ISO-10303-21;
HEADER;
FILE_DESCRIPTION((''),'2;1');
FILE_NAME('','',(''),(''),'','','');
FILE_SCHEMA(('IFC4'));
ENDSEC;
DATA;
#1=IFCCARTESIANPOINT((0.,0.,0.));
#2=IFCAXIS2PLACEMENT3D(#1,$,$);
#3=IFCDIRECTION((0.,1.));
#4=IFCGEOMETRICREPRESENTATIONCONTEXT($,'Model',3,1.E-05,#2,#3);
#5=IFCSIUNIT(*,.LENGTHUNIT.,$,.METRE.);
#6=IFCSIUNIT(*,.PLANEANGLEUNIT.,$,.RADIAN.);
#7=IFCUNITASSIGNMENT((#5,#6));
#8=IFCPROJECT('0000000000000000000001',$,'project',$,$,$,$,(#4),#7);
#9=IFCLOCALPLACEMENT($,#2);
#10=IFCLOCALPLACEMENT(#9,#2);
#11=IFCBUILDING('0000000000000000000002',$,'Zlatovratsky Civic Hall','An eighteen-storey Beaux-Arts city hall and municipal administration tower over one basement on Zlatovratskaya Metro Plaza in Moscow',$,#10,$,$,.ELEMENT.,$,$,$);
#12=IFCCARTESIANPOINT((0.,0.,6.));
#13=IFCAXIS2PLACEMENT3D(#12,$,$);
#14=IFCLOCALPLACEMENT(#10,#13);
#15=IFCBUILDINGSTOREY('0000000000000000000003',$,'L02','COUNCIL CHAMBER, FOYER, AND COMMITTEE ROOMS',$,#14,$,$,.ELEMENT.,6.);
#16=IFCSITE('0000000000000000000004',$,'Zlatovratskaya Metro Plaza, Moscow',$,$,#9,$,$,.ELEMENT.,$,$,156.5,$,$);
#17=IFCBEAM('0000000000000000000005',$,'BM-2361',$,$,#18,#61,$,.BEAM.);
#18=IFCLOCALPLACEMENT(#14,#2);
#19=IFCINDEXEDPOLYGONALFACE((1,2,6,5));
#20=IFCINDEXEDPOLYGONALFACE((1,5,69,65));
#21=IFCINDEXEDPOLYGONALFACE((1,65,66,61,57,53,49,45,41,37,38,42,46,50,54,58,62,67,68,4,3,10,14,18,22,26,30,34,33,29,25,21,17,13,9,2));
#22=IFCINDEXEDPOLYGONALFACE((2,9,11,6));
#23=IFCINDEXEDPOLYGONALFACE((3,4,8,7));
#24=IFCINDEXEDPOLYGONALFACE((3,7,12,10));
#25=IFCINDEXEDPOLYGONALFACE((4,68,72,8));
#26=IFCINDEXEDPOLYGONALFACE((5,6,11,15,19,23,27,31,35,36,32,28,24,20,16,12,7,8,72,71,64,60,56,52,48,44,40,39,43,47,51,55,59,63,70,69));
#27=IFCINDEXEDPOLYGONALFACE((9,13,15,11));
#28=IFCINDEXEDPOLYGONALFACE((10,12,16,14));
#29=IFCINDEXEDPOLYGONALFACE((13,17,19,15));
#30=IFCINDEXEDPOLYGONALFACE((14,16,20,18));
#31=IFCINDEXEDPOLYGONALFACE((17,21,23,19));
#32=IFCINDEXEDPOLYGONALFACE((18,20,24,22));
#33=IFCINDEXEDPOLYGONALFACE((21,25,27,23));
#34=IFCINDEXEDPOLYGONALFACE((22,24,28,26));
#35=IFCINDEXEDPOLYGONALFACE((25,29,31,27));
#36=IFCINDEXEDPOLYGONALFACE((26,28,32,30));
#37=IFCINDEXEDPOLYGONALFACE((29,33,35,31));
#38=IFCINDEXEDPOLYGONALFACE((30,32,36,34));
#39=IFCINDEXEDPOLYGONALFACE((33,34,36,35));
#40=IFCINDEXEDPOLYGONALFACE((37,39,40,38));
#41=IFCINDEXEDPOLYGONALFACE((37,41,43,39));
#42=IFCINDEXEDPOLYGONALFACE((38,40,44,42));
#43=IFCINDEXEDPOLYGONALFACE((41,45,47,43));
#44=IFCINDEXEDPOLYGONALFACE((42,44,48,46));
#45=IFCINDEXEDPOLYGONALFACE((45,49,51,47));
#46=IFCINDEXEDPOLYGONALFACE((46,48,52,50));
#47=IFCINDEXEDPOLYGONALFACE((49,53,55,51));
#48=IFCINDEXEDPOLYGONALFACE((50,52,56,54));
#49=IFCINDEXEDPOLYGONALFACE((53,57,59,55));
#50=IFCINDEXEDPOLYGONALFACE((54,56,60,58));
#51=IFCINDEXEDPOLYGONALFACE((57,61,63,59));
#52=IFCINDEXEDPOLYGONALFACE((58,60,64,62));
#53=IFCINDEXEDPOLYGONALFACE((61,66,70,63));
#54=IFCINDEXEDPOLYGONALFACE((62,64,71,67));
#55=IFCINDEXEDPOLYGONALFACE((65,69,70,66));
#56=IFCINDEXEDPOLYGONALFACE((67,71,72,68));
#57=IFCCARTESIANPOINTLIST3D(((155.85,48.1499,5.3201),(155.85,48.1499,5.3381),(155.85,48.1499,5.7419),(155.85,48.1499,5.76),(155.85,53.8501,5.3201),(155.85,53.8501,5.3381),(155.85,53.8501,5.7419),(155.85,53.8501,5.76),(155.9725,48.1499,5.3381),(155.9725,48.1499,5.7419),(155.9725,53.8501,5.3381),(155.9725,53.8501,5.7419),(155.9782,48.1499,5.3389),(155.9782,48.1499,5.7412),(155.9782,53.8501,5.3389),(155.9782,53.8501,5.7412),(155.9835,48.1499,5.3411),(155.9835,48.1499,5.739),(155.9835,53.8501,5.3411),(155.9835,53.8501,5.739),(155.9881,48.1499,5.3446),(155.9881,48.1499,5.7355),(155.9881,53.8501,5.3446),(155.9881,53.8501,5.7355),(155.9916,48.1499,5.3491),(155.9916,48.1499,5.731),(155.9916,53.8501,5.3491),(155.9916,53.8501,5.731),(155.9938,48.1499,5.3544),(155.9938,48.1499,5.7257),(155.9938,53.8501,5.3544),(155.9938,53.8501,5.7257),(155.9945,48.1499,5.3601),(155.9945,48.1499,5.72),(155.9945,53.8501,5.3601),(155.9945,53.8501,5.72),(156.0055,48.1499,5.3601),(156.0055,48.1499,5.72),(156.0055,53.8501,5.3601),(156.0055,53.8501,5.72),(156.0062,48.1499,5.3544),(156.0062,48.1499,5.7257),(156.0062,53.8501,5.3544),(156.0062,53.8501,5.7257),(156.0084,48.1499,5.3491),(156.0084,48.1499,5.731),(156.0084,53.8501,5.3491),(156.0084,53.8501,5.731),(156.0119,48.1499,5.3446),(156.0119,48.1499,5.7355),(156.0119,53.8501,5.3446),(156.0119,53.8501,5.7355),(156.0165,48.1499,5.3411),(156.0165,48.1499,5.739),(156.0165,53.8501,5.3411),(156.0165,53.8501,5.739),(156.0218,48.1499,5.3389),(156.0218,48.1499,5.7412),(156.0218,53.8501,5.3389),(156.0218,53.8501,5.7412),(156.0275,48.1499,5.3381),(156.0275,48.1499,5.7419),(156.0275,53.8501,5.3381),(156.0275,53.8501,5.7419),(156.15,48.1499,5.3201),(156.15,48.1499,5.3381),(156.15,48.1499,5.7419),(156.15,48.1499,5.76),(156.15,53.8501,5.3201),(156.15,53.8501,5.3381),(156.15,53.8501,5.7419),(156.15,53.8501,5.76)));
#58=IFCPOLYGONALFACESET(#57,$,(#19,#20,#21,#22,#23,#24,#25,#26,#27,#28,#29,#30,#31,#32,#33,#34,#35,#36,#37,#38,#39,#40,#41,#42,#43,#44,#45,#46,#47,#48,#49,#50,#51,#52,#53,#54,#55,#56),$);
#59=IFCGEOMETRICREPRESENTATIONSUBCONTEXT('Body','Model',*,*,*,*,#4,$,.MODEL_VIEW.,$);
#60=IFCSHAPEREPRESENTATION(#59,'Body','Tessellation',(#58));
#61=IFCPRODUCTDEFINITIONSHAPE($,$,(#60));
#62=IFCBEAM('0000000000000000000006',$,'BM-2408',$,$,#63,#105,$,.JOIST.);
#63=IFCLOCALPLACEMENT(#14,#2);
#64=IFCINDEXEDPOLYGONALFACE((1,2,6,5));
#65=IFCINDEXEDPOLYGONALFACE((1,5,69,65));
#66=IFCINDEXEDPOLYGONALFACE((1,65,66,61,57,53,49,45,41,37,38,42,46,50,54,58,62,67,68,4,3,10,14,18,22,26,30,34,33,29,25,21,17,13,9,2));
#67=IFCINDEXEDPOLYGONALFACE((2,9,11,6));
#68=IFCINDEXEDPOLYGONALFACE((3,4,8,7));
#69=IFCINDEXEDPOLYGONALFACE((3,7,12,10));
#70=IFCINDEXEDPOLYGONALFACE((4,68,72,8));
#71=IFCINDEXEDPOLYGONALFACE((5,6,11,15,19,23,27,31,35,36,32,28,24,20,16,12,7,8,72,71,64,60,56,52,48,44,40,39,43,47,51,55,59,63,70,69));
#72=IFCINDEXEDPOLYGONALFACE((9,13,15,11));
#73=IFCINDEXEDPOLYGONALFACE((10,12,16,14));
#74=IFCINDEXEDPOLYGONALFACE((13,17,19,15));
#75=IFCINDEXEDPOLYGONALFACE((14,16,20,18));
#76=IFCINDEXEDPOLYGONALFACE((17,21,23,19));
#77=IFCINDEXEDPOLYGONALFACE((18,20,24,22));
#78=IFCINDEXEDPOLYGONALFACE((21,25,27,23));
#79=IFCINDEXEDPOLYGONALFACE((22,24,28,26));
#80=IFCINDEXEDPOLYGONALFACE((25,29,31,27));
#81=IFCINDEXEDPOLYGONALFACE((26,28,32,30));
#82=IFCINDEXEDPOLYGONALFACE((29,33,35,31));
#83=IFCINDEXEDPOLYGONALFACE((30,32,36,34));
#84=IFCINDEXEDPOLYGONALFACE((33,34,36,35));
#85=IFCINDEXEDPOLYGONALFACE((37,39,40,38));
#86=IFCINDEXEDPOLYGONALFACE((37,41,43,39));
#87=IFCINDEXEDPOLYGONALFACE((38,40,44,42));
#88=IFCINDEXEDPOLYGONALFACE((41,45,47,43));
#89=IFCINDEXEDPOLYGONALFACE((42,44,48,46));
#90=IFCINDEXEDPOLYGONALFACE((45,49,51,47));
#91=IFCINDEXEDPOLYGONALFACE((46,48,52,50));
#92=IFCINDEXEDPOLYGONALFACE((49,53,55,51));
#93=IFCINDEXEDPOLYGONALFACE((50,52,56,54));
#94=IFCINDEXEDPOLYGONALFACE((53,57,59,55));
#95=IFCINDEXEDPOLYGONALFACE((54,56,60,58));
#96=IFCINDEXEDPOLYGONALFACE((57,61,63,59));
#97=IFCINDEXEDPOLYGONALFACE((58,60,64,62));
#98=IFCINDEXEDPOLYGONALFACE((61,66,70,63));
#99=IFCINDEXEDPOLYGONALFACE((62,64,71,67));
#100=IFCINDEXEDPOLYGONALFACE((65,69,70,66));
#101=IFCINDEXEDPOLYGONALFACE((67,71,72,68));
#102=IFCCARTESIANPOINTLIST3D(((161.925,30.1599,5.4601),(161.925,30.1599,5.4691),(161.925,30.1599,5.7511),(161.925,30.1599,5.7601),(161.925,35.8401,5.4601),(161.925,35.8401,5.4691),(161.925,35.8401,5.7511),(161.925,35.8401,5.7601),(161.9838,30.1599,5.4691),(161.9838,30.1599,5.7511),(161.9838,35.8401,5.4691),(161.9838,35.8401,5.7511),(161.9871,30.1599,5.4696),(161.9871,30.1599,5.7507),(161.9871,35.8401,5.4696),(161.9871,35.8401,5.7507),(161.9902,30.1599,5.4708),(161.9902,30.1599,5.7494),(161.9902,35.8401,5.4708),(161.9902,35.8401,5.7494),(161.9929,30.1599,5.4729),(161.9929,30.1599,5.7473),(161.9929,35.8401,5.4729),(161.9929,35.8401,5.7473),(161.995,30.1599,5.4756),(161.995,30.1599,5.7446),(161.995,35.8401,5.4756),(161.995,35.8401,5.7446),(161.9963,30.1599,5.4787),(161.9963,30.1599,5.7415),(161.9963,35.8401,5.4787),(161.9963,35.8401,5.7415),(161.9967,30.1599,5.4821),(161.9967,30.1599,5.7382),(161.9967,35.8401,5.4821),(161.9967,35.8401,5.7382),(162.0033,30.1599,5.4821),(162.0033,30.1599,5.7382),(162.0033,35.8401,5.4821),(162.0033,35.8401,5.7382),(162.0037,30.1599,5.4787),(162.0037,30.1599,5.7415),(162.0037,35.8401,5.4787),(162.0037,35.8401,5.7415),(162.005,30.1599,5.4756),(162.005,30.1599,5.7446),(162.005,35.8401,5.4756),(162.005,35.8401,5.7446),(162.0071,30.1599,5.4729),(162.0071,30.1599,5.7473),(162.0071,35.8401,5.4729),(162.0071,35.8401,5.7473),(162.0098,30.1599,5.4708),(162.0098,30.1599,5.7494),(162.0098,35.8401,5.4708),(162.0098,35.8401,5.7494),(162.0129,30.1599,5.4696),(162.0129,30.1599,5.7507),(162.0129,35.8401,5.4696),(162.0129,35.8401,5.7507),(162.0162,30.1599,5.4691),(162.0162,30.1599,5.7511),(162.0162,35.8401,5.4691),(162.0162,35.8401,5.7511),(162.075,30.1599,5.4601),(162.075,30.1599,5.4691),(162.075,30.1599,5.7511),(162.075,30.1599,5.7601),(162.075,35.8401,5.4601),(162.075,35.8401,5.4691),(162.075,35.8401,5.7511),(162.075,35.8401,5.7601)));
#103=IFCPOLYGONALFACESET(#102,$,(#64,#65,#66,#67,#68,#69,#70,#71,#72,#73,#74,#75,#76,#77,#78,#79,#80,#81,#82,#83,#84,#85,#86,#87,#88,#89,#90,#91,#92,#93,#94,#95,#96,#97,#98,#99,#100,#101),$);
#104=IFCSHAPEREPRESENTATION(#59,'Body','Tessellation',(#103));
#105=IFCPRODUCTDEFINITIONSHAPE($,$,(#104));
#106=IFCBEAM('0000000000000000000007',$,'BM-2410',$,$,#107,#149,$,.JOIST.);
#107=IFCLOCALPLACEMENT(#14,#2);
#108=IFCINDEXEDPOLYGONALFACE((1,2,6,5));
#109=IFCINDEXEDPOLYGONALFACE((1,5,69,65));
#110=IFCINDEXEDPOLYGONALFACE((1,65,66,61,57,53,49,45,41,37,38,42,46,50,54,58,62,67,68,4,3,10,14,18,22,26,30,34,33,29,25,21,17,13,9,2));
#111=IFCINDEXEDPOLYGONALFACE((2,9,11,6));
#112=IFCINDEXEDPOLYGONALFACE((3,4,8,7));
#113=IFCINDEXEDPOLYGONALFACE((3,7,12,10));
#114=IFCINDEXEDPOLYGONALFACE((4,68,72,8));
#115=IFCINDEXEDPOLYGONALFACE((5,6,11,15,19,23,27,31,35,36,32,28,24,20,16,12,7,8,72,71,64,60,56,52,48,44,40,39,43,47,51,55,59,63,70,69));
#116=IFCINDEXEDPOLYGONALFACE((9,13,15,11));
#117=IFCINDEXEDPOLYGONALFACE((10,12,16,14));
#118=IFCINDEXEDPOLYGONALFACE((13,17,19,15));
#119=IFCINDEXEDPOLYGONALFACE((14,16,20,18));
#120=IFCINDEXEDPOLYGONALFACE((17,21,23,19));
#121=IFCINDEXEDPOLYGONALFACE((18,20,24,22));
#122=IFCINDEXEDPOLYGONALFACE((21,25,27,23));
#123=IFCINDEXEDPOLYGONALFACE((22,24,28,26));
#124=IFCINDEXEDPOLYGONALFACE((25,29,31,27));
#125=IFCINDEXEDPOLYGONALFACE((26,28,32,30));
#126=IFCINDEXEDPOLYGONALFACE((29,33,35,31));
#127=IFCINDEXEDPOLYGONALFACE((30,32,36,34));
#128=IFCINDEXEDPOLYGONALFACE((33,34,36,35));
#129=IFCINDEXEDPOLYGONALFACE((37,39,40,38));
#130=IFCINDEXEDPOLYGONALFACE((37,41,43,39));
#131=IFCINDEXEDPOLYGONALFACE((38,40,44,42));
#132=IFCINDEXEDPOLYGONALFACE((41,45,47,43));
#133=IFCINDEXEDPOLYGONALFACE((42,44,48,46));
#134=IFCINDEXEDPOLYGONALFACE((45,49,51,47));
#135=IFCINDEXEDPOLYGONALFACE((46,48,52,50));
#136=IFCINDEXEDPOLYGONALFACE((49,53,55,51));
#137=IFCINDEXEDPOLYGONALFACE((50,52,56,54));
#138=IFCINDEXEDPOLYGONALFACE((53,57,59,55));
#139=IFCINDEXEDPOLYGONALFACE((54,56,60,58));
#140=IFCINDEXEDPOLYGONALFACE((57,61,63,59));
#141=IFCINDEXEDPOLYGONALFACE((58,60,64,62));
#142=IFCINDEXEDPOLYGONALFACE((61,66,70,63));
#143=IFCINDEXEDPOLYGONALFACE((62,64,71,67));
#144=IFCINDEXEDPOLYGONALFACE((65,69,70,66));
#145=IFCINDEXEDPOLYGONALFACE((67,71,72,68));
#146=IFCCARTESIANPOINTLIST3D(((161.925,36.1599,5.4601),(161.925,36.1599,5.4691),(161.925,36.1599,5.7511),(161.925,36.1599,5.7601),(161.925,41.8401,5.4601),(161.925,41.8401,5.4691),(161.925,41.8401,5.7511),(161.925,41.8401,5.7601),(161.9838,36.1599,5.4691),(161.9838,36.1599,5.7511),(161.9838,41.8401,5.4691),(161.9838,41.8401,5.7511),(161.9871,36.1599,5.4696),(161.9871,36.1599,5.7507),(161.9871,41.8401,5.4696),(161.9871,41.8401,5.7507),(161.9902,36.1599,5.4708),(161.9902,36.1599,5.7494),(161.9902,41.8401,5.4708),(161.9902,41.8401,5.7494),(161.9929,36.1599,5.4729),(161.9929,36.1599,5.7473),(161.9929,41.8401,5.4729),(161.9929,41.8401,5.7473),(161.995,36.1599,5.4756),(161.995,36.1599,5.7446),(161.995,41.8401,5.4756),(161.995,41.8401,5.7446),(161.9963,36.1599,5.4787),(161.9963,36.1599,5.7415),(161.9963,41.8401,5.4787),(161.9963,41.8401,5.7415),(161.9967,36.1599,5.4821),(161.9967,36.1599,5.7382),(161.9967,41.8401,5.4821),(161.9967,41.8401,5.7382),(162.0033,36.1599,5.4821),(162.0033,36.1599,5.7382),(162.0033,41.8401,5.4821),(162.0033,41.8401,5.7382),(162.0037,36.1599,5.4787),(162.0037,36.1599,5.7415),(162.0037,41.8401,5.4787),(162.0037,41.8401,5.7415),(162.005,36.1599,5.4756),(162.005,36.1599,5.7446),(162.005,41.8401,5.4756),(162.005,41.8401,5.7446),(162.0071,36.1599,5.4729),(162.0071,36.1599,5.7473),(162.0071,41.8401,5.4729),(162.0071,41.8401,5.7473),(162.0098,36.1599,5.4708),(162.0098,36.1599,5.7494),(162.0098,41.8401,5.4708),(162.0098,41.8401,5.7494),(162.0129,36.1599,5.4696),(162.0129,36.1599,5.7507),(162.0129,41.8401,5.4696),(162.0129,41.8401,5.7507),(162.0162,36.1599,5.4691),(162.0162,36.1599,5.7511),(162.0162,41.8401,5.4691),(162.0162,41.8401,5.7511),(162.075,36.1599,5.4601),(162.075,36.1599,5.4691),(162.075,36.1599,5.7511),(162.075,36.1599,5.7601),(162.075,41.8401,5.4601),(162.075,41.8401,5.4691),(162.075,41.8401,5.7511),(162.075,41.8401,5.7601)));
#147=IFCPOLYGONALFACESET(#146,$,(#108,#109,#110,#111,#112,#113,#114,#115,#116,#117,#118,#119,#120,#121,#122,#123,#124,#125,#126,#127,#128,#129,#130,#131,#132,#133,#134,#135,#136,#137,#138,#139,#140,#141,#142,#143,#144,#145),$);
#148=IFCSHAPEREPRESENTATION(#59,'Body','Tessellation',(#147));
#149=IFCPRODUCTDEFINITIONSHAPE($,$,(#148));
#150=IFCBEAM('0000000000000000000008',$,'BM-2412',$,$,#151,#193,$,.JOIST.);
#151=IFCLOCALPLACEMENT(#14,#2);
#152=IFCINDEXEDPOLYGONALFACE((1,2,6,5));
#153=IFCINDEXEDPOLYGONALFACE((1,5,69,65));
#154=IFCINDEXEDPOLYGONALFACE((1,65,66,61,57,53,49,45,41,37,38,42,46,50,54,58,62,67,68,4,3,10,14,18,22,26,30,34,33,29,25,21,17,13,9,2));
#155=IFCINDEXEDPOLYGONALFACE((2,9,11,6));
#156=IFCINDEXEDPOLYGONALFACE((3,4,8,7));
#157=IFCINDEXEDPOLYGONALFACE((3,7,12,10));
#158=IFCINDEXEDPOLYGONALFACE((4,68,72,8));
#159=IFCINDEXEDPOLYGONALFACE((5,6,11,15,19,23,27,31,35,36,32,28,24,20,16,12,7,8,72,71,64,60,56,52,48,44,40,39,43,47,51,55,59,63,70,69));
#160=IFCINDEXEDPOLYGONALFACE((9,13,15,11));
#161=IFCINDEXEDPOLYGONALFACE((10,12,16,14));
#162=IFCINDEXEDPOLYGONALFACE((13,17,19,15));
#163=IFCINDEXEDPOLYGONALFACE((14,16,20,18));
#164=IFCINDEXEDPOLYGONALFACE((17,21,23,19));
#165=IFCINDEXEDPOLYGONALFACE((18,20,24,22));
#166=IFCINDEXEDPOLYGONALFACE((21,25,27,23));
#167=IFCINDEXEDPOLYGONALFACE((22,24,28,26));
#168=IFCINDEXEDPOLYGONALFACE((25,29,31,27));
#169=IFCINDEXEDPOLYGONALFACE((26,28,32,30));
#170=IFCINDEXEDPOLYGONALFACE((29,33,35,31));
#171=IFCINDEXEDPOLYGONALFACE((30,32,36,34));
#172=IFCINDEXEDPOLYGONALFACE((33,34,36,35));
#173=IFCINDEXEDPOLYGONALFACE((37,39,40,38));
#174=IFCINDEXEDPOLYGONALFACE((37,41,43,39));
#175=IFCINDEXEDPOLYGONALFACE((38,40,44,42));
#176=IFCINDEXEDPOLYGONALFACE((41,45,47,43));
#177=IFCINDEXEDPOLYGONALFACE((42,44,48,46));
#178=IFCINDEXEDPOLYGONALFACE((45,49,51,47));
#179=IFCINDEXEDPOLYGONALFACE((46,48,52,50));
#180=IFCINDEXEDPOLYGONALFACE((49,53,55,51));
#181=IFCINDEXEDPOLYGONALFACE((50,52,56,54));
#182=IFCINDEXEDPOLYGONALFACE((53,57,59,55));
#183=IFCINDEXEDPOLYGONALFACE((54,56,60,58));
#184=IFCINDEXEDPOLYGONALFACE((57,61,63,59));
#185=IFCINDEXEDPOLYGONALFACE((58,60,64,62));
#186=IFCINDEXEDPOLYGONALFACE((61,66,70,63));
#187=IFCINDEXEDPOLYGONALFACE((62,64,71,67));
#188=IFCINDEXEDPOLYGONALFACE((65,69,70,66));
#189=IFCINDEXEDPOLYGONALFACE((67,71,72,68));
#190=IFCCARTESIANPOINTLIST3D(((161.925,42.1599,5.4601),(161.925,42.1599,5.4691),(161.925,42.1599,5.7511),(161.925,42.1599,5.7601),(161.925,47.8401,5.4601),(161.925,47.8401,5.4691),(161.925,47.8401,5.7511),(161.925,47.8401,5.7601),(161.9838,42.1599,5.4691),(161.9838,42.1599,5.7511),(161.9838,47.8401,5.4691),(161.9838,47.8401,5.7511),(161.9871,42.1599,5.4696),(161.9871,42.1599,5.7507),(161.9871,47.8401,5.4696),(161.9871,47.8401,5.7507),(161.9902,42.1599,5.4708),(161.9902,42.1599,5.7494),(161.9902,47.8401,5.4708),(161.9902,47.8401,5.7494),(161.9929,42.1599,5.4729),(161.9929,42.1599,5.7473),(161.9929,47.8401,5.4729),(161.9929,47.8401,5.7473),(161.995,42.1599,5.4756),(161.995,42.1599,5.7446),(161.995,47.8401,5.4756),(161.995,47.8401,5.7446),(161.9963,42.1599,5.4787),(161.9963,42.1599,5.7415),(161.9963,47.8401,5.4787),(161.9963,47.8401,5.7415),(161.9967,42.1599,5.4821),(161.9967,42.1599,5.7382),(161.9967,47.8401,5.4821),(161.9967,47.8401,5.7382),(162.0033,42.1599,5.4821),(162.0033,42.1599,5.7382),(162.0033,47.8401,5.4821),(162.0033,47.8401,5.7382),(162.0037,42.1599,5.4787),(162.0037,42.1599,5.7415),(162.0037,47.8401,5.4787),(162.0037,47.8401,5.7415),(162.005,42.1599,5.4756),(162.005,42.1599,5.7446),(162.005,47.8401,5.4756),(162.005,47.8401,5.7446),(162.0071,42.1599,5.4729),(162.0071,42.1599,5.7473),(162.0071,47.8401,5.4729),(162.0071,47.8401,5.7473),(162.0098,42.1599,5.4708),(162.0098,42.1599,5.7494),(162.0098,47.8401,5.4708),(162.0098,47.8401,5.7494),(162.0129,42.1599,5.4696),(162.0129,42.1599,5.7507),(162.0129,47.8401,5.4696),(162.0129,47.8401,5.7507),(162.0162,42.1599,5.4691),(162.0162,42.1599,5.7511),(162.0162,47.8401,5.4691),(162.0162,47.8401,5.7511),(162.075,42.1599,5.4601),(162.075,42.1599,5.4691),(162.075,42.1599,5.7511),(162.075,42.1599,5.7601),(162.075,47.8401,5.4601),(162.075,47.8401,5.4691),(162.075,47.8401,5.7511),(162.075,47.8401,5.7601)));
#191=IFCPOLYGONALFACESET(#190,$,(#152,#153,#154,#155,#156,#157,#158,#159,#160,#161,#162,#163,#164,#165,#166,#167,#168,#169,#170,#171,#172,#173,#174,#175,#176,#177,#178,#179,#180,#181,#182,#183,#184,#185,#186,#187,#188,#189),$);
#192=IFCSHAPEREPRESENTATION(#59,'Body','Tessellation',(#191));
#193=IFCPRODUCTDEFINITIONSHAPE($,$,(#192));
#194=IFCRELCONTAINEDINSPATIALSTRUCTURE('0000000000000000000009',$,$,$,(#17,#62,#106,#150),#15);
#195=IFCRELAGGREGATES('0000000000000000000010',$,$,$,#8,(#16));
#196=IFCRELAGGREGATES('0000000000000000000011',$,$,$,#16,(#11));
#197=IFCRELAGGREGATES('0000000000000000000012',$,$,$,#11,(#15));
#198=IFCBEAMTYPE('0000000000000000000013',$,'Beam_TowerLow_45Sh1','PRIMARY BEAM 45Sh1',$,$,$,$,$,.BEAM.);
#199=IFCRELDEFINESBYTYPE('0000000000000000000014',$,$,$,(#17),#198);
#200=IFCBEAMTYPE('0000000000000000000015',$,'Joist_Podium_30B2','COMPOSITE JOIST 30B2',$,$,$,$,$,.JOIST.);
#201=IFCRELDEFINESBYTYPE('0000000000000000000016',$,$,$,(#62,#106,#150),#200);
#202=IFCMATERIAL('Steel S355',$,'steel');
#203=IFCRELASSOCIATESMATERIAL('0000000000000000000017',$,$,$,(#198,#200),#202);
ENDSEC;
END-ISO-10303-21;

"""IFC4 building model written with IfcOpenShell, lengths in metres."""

from ifc_helpers import new_model, si_unit, direction, frame, origin, origin_2d, place, context, subcontext, project, spatial, i_section, extrude, material, material_profile, profile_set, type_object, element, save


model = new_model("IFC4")

# Units and contexts
model_context = context("Model", 3, precision=1e-05, world=origin(), true_north=direction((0.0, 1.0)))
body_context = subcontext(model_context, "Body", "Model", "MODEL_VIEW")
ifc_project = project(units=[si_unit("LENGTHUNIT", "METRE"), si_unit("PLANEANGLEUNIT", "RADIAN")], contexts=[model_context])

# Site, building, storey
site_placement = place(None, origin())
site = spatial("IfcSite", under=ifc_project, at=site_placement, Name="Zlatovratskaya Metro Plaza, Moscow", CompositionType="ELEMENT", RefElevation=156.5)
building_placement = place(site_placement, origin())
building = spatial("IfcBuilding", under=site, at=building_placement, Name="Zlatovratsky Civic Hall", Description="An eighteen-storey Beaux-Arts city hall and municipal administration tower over one basement on Zlatovratskaya Metro Plaza in Moscow", CompositionType="ELEMENT")
storey_placement = place(building_placement, frame((0.0, 0.0, 6.0)))
storey = spatial("IfcBuildingStorey", under=building, at=storey_placement, Name="L02", Description="COUNCIL CHAMBER, FOYER, AND COMMITTEE ROOMS", CompositionType="ELEMENT", Elevation=6.0)

# Shared definitions
ifc_material_1 = material(Name="Steel S355", Category="steel")

# Beams
ifc_material_profile_1 = material_profile(ifc_material_1, i_section(OverallWidth=0.3, OverallDepth=0.4399, WebThickness=0.011, FlangeThickness=0.0181, FilletRadius=0.022, at=origin_2d()), Name="45Sh1")
ifc_profile_set_1 = profile_set([ifc_material_profile_1], Name="Steel S355")
beam_type_1 = type_object("IfcBeamType", Name="Beam_TowerLow_45Sh1", Description="PRIMARY BEAM 45Sh1", PredefinedType="BEAM", material=ifc_profile_set_1)
for number, where, z_axis, x_axis, name in (
    (1, (156.0, 48.1499, 5.54), (0.0, 1.0, 0.0), (-1.0, 0.0, 0.0), "BM-2361"),
):
    element("IfcBeam", number, at=place(storey_placement, frame(where, z_axis=z_axis, x_axis=x_axis)), inside=storey, type_object=beam_type_1, Name=name, PredefinedType="BEAM", context=body_context, shape_type="SweptSolid", body=[
        extrude(i_section(OverallWidth=0.3, OverallDepth=0.4399, WebThickness=0.011, FlangeThickness=0.0181, FilletRadius=0.022, at=origin_2d()), origin(), (0.0, 0.0, 1.0), 5.7002),
    ])
ifc_material_profile_2 = material_profile(ifc_material_1, i_section(OverallWidth=0.1499, OverallDepth=0.3, WebThickness=0.0066, FlangeThickness=0.009, FilletRadius=0.0129, at=origin_2d()), Name="30B2")
ifc_profile_set_2 = profile_set([ifc_material_profile_2], Name="Steel S355")
beam_type_2 = type_object("IfcBeamType", Name="Joist_Podium_30B2", Description="COMPOSITE JOIST 30B2", PredefinedType="JOIST", material=ifc_profile_set_2)
for number, where, z_axis, x_axis, name in (
    (2, (162.0, 30.1599, 5.6101), (0.0, 1.0, 0.0), (-1.0, 0.0, 0.0), "BM-2408"),
    (3, (162.0, 36.1599, 5.6101), (0.0, 1.0, 0.0), (-1.0, 0.0, 0.0), "BM-2410"),
    (4, (162.0, 42.1599, 5.6101), (0.0, 1.0, 0.0), (-1.0, 0.0, 0.0), "BM-2412"),
):
    element("IfcBeam", number, at=place(storey_placement, frame(where, z_axis=z_axis, x_axis=x_axis)), inside=storey, type_object=beam_type_2, Name=name, PredefinedType="JOIST", context=body_context, shape_type="SweptSolid", body=[
        extrude(i_section(OverallWidth=0.1499, OverallDepth=0.3, WebThickness=0.0066, FlangeThickness=0.009, FilletRadius=0.0129, at=origin_2d()), origin(), (0.0, 0.0, 1.0), 5.6802),
    ])

save(model, "model.ifc")
